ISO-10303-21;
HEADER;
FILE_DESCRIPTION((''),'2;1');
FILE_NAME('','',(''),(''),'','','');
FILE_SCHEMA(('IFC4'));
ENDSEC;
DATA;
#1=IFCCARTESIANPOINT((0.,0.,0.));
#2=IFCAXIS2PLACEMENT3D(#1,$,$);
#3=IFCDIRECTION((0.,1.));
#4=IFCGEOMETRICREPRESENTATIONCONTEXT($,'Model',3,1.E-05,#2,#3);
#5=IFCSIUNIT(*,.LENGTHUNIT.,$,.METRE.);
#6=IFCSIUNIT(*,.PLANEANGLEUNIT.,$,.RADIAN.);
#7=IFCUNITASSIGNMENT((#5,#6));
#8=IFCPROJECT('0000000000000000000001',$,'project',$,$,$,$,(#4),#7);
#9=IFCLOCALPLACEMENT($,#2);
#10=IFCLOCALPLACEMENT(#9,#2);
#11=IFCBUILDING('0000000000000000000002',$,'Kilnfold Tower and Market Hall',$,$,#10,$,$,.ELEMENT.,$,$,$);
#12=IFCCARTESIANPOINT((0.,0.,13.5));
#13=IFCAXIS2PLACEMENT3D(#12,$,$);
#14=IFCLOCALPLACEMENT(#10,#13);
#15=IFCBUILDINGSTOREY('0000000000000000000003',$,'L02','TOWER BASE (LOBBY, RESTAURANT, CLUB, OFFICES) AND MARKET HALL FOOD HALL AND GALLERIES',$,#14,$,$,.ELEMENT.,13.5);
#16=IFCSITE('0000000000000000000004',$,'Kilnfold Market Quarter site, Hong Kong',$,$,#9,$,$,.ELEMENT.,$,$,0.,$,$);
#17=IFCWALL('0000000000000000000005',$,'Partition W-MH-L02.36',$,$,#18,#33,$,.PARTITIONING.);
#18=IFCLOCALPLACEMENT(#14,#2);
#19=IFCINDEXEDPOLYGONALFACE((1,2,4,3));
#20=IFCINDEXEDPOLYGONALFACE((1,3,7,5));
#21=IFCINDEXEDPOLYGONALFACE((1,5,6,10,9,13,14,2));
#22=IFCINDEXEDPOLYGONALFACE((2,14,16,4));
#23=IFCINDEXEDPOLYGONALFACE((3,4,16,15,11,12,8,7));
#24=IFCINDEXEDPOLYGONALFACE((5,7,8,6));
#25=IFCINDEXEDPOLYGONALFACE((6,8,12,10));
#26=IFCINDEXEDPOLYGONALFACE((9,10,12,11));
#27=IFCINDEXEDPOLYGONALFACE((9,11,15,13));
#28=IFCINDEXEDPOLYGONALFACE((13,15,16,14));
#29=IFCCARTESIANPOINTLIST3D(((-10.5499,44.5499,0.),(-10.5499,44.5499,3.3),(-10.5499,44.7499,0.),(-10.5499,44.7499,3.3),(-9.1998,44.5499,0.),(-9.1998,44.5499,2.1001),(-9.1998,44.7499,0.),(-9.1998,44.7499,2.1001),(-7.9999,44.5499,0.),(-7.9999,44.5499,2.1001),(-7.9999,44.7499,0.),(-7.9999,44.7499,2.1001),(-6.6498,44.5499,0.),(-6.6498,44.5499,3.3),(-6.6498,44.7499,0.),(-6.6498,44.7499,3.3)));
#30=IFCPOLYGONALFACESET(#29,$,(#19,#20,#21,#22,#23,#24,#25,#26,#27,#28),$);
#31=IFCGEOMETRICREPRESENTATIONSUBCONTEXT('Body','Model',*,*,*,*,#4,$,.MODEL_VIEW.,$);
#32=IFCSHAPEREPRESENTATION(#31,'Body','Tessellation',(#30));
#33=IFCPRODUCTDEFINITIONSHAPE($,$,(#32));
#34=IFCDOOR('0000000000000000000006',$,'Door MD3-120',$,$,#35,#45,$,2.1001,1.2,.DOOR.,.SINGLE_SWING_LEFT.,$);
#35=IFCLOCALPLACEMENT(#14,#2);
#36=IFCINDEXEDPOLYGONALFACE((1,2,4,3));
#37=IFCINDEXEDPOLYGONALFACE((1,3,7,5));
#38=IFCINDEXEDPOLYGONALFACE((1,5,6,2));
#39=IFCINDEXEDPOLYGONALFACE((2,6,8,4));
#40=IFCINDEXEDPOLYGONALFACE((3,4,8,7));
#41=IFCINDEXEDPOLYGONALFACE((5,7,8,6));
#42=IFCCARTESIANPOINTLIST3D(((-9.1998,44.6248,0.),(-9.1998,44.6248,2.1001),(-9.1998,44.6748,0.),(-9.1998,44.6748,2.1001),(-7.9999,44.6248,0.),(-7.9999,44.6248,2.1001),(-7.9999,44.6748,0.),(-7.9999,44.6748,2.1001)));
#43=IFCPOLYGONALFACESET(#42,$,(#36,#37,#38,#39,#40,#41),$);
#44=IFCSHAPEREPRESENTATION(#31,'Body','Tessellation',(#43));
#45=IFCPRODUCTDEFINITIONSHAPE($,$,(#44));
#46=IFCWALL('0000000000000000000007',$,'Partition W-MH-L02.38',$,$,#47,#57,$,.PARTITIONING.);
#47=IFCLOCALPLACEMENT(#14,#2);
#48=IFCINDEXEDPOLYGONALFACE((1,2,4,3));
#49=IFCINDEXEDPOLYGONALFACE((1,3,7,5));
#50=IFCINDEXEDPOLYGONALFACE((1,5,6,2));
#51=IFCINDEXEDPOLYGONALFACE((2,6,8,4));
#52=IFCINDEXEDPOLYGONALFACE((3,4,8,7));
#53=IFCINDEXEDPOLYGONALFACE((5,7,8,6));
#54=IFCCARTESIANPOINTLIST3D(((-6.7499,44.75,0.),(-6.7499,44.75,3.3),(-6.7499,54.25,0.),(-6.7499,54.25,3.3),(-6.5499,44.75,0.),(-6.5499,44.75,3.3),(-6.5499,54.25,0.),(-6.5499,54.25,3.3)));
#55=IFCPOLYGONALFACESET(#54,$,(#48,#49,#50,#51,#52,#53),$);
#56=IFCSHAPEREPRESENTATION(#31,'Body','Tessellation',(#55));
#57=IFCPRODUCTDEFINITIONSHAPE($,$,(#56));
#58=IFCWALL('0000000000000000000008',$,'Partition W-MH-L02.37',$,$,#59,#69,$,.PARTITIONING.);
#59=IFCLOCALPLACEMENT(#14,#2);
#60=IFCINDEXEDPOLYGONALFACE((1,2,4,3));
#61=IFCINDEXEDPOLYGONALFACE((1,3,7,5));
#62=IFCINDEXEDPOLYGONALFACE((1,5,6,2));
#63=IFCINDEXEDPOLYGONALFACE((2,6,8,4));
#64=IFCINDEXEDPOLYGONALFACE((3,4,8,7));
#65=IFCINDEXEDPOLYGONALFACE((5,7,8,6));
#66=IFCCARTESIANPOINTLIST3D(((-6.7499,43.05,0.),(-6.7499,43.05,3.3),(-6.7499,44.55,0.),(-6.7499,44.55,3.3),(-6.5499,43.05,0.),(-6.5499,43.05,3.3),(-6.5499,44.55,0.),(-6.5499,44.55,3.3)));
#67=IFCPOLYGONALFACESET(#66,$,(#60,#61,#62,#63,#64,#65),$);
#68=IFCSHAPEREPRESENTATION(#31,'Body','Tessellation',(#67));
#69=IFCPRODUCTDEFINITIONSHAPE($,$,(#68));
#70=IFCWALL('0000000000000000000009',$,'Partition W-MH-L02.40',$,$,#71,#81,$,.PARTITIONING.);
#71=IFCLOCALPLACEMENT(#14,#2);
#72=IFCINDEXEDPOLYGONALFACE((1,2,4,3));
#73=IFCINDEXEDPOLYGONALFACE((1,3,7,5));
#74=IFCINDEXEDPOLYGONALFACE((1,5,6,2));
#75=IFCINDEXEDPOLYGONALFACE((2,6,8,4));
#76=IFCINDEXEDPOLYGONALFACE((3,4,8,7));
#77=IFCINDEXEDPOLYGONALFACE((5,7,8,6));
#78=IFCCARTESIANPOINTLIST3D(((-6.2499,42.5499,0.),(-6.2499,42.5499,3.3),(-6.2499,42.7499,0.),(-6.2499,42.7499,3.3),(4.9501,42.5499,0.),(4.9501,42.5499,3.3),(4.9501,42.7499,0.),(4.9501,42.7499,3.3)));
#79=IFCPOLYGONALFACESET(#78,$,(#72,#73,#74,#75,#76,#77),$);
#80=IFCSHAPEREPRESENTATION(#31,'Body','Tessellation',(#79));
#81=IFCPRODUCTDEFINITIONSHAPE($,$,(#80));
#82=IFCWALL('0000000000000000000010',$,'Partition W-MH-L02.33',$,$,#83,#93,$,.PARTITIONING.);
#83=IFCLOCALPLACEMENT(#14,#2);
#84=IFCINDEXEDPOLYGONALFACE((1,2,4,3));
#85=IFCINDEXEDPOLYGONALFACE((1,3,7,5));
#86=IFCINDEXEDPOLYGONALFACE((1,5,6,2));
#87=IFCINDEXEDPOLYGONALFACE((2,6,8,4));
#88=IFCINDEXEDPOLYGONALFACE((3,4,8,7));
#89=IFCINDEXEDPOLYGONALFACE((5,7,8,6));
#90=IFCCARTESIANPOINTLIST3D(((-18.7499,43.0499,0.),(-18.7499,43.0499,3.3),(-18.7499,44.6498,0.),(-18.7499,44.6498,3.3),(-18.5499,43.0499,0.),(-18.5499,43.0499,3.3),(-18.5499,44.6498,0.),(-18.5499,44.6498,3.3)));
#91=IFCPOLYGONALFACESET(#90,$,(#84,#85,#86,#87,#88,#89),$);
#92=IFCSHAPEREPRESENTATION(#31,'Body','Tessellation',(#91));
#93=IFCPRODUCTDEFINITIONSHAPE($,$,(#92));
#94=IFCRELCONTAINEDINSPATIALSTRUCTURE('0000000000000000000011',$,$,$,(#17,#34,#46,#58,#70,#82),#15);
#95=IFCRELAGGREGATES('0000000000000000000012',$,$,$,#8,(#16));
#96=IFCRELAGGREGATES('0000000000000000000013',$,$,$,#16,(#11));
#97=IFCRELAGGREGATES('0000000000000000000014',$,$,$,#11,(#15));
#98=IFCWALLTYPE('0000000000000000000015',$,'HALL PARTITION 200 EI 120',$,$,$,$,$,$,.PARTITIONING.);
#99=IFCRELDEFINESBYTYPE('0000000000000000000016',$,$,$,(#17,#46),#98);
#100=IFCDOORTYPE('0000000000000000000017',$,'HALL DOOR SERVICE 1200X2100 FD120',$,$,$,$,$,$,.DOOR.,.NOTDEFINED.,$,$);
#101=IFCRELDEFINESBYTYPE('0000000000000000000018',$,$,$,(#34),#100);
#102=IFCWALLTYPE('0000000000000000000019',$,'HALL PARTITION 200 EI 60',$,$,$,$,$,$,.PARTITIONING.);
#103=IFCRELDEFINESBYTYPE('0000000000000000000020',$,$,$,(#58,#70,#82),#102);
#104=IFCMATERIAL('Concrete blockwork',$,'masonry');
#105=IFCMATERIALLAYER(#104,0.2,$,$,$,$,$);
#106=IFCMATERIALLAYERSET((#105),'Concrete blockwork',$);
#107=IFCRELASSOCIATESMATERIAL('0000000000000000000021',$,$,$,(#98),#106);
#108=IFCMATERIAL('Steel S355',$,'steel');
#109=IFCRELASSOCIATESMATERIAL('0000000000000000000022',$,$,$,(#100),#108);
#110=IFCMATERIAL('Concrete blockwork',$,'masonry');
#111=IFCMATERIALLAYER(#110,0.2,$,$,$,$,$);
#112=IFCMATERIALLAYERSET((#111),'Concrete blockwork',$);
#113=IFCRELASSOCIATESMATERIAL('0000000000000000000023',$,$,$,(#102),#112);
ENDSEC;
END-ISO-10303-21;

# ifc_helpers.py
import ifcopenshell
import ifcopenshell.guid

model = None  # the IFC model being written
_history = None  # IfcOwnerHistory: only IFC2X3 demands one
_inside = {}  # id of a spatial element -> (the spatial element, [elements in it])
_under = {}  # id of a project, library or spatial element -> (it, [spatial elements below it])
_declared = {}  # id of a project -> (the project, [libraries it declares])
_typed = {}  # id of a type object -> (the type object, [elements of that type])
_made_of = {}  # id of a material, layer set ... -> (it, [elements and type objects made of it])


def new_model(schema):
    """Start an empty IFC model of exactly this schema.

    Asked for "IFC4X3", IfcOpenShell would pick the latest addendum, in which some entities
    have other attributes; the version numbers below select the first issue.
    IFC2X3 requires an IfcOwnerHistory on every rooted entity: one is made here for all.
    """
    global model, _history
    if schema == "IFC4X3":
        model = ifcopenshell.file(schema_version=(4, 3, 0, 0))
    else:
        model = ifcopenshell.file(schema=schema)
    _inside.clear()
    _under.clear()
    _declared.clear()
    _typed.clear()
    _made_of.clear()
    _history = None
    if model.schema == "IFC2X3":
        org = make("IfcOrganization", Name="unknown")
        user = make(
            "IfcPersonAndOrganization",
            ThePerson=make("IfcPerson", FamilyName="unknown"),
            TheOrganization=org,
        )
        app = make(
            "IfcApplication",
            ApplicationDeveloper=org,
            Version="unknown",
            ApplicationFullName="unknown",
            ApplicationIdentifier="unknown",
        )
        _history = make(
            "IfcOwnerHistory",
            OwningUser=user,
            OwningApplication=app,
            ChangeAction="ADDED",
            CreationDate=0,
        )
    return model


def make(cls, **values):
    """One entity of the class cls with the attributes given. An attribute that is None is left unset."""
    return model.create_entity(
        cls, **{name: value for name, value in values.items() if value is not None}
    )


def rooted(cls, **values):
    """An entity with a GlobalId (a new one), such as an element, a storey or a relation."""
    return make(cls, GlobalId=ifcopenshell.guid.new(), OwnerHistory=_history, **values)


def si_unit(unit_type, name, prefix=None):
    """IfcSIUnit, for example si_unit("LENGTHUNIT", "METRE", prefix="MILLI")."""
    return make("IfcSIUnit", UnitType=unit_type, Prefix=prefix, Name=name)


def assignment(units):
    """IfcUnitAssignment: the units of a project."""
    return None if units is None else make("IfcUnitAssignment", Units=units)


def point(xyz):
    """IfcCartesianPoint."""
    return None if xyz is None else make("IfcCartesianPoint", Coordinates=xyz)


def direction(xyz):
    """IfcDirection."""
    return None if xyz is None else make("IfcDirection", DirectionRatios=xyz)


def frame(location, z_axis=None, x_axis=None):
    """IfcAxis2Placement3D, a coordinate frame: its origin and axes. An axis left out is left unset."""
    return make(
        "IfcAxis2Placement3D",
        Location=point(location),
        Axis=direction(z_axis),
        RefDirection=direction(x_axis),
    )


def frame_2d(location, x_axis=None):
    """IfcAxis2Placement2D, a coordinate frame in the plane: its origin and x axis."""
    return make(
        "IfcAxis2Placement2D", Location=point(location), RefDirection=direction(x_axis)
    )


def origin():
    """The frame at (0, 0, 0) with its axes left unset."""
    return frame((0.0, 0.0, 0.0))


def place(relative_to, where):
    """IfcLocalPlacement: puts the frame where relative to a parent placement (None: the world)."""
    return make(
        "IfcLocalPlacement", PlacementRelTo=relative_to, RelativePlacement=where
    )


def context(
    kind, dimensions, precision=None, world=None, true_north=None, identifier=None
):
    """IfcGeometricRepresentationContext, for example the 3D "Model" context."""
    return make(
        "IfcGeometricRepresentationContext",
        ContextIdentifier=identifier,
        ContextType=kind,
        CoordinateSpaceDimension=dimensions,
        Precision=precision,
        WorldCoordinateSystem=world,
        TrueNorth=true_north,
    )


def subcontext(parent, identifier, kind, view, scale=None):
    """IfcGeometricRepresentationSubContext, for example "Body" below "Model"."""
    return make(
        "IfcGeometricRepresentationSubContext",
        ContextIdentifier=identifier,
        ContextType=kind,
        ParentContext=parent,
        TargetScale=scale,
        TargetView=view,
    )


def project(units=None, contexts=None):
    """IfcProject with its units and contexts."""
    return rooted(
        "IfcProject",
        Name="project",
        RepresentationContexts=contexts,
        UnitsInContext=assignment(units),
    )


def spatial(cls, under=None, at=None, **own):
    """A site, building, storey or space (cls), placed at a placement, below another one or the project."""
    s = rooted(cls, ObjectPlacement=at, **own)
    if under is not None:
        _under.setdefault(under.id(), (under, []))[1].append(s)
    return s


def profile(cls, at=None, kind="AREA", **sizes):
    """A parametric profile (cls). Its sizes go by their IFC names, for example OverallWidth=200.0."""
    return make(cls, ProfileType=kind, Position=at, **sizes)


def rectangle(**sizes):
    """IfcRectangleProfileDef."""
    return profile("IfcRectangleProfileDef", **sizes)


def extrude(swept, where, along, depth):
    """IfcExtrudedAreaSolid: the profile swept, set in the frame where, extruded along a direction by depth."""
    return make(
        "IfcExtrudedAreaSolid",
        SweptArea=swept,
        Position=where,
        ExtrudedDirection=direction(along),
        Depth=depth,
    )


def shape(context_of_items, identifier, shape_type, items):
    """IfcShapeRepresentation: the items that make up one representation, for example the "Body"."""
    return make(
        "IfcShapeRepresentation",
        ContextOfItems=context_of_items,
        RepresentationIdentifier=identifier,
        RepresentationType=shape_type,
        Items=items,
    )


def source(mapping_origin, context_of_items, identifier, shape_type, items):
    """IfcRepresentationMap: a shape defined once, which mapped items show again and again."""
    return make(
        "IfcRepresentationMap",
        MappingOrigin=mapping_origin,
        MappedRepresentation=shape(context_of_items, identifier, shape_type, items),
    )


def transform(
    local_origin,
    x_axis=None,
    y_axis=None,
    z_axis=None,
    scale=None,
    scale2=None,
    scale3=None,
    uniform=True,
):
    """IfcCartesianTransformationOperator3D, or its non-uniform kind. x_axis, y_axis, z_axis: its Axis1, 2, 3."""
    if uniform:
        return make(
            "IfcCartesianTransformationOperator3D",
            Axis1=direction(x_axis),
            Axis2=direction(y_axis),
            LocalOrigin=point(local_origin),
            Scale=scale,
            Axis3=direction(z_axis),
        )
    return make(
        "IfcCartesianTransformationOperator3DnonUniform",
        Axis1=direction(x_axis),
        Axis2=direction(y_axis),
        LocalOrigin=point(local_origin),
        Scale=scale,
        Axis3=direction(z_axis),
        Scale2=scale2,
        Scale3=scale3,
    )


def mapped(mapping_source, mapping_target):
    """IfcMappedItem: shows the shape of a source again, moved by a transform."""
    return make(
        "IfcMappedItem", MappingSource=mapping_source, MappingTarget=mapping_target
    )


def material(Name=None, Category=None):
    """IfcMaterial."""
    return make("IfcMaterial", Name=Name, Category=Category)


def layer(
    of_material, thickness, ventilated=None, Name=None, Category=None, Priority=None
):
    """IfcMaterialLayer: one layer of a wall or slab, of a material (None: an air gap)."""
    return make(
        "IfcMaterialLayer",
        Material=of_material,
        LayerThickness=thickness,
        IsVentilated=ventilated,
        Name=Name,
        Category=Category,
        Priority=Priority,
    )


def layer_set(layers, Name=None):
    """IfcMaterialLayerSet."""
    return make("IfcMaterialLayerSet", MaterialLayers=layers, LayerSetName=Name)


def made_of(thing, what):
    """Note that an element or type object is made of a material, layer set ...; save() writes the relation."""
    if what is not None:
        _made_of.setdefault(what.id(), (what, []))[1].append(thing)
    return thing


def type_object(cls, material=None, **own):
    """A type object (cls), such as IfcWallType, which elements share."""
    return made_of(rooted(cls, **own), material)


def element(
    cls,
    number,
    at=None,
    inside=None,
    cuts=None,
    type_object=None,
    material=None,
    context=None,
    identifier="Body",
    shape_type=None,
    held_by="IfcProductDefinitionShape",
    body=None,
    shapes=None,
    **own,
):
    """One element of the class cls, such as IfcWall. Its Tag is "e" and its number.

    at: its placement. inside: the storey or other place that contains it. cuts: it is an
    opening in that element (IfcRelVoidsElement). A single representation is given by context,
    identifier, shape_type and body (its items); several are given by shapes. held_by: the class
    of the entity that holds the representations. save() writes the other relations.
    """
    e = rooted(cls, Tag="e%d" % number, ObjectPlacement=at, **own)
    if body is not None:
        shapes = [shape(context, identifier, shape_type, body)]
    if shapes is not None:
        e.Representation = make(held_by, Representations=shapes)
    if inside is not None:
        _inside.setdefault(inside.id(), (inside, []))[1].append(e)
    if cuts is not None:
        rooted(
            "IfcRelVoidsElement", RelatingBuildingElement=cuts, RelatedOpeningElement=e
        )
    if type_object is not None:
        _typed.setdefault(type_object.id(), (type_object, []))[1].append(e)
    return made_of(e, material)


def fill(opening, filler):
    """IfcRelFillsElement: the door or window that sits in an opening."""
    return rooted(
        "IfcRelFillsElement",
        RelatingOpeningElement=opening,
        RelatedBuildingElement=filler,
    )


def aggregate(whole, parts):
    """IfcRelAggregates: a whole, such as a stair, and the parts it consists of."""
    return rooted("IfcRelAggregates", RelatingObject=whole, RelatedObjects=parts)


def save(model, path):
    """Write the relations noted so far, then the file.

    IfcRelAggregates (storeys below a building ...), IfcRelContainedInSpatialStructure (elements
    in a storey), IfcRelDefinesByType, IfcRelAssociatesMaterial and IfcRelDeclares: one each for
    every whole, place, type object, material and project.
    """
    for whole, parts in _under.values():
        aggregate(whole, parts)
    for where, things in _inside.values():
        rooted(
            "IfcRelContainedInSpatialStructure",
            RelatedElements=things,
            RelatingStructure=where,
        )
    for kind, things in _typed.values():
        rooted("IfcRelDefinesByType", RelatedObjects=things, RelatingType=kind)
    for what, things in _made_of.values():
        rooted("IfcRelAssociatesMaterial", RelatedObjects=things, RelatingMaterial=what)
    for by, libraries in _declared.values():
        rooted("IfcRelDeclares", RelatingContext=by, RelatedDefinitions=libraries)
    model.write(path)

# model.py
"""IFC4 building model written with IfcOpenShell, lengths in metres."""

from ifc_helpers import new_model, si_unit, direction, frame, frame_2d, origin, place, context, subcontext, project, spatial, rectangle, extrude, source, transform, mapped, material, layer, layer_set, type_object, element, fill, save


model = new_model("IFC4")

# Units and contexts
model_context = context("Model", 3, precision=1e-05, world=origin(), true_north=direction((0.0, 1.0)))
body_context = subcontext(model_context, "Body", "Model", "MODEL_VIEW")
ifc_project = project(units=[si_unit("LENGTHUNIT", "METRE"), si_unit("PLANEANGLEUNIT", "RADIAN")], contexts=[model_context])

# Site, building, storey
site_placement = place(None, origin())
site = spatial("IfcSite", under=ifc_project, at=site_placement, Name="Kilnfold Market Quarter site, Hong Kong", CompositionType="ELEMENT", RefElevation=0.0)
building_placement = place(site_placement, origin())
building = spatial("IfcBuilding", under=site, at=building_placement, Name="Kilnfold Tower and Market Hall", CompositionType="ELEMENT")
storey_placement = place(building_placement, frame((0.0, 0.0, 13.5)))
storey = spatial("IfcBuildingStorey", under=building, at=storey_placement, Name="L02", Description="TOWER BASE (LOBBY, RESTAURANT, CLUB, OFFICES) AND MARKET HALL FOOD HALL AND GALLERIES", CompositionType="ELEMENT", Elevation=13.5)

# Shared definitions
ifc_material_1 = material(Name="Concrete blockwork", Category="masonry")
ifc_layer_1 = layer(ifc_material_1, 0.2)
ifc_layer_set_1 = layer_set([ifc_layer_1], Name="Concrete blockwork")
wall_type_1 = type_object("IfcWallType", Name="HALL PARTITION 200 EI 120", PredefinedType="PARTITIONING", material=ifc_layer_set_1)

# Wall, opening, door
shared_shape_1 = source(origin(), body_context, "Body", "SweptSolid", [
    extrude(rectangle(XDim=3.9001, YDim=0.2, at=frame_2d((1.9502, 0.0))), origin(), (0.0, 0.0, 1.0), 3.3),
])
wall_1_placement = place(storey_placement, frame((-10.55, 44.6499, 0.0), z_axis=(0.0, 0.0, 1.0), x_axis=(1.0, 0.0, 0.0)))
wall_1 = element("IfcWall", 1, at=wall_1_placement, inside=storey, type_object=wall_type_1, Name="Partition W-MH-L02.36", PredefinedType="PARTITIONING", context=body_context, shape_type="MappedRepresentation", body=[
    mapped(shared_shape_1, transform((0.0, 0.0, 0.0))),
])
opening_1_placement = place(wall_1_placement, frame((1.3501, 0.0, 0.0)))
opening_1 = element("IfcOpeningElement", 2, at=opening_1_placement, cuts=wall_1, PredefinedType="OPENING", context=body_context, shape_type="SweptSolid", body=[
    extrude(rectangle(XDim=1.2, YDim=2.1001, at=frame_2d((0.6001, 1.05))), frame((0.0, 0.1099, 0.0), z_axis=(0.0, -1.0, 0.0), x_axis=(1.0, 0.0, 0.0)), (0.0, 0.0, 1.0), 0.22),
])
ifc_material_2 = material(Name="Steel S355", Category="steel")
door_type_1 = type_object("IfcDoorType", Name="HALL DOOR SERVICE 1200X2100 FD120", OperationType="NOTDEFINED", PredefinedType="DOOR", material=ifc_material_2)
door_1_placement = place(opening_1_placement, origin())
door_1 = element("IfcDoor", 3, at=door_1_placement, inside=storey, type_object=door_type_1, Name="Door MD3-120", OperationType="SINGLE_SWING_LEFT", OverallHeight=2.1001, OverallWidth=1.2, PredefinedType="DOOR", context=body_context, shape_type="SweptSolid", body=[
    extrude(rectangle(XDim=1.2, YDim=2.1001, at=frame_2d((0.6001, 1.05))), frame((0.0, 0.0249, 0.0), z_axis=(0.0, -1.0, 0.0), x_axis=(1.0, 0.0, 0.0)), (0.0, 0.0, 1.0), 0.05),
])
fill(opening_1, door_1)

# Walls
shared_shape_2 = source(origin(), body_context, "Body", "SweptSolid", [
    extrude(rectangle(XDim=9.5, YDim=0.2, at=frame_2d((4.75, 0.0))), origin(), (0.0, 0.0, 1.0), 3.3),
])
wall_2_placement = place(storey_placement, frame((-6.6499, 54.25, 0.0), z_axis=(0.0, 0.0, 1.0), x_axis=(0.0, -1.0, 0.0)))
element("IfcWall", 4, at=wall_2_placement, inside=storey, type_object=wall_type_1, Name="Partition W-MH-L02.38", PredefinedType="PARTITIONING", context=body_context, shape_type="MappedRepresentation", body=[
    mapped(shared_shape_2, transform((0.0, 0.0, 0.0))),
])
ifc_material_3 = material(Name="Concrete blockwork", Category="masonry")
ifc_layer_2 = layer(ifc_material_3, 0.2)
ifc_layer_set_2 = layer_set([ifc_layer_2], Name="Concrete blockwork")
wall_type_2 = type_object("IfcWallType", Name="HALL PARTITION 200 EI 60", PredefinedType="PARTITIONING", material=ifc_layer_set_2)
shared_shape_3 = source(origin(), body_context, "Body", "SweptSolid", [
    extrude(rectangle(XDim=1.5, YDim=0.2, at=frame_2d((0.75, 0.0))), origin(), (0.0, 0.0, 1.0), 3.3),
])
wall_3_placement = place(storey_placement, frame((-6.6499, 44.55, 0.0), z_axis=(0.0, 0.0, 1.0), x_axis=(0.0, -1.0, 0.0)))
element("IfcWall", 5, at=wall_3_placement, inside=storey, type_object=wall_type_2, Name="Partition W-MH-L02.37", PredefinedType="PARTITIONING", context=body_context, shape_type="MappedRepresentation", body=[
    mapped(shared_shape_3, transform((0.0, 0.0, 0.0))),
])
shared_shape_4 = source(origin(), body_context, "Body", "SweptSolid", [
    extrude(rectangle(XDim=11.2, YDim=0.2, at=frame_2d((5.6001, 0.0))), origin(), (0.0, 0.0, 1.0), 3.3),
])
wall_4_placement = place(storey_placement, frame((-6.25, 42.6499, 0.0), z_axis=(0.0, 0.0, 1.0), x_axis=(1.0, 0.0, 0.0)))
element("IfcWall", 6, at=wall_4_placement, inside=storey, type_object=wall_type_2, Name="Partition W-MH-L02.40", PredefinedType="PARTITIONING", context=body_context, shape_type="MappedRepresentation", body=[
    mapped(shared_shape_4, transform((0.0, 0.0, 0.0))),
])
shared_shape_5 = source(origin(), body_context, "Body", "SweptSolid", [
    extrude(rectangle(XDim=1.5999, YDim=0.2, at=frame_2d((0.7998, 0.0))), origin(), (0.0, 0.0, 1.0), 3.3),
])
wall_5_placement = place(storey_placement, frame((-18.6499, 43.05, 0.0), z_axis=(0.0, 0.0, 1.0), x_axis=(0.0, 1.0, 0.0)))
element("IfcWall", 7, at=wall_5_placement, inside=storey, type_object=wall_type_2, Name="Partition W-MH-L02.33", PredefinedType="PARTITIONING", context=body_context, shape_type="MappedRepresentation", body=[
    mapped(shared_shape_5, transform((0.0, 0.0, 0.0))),
])

save(model, "model.ifc")
